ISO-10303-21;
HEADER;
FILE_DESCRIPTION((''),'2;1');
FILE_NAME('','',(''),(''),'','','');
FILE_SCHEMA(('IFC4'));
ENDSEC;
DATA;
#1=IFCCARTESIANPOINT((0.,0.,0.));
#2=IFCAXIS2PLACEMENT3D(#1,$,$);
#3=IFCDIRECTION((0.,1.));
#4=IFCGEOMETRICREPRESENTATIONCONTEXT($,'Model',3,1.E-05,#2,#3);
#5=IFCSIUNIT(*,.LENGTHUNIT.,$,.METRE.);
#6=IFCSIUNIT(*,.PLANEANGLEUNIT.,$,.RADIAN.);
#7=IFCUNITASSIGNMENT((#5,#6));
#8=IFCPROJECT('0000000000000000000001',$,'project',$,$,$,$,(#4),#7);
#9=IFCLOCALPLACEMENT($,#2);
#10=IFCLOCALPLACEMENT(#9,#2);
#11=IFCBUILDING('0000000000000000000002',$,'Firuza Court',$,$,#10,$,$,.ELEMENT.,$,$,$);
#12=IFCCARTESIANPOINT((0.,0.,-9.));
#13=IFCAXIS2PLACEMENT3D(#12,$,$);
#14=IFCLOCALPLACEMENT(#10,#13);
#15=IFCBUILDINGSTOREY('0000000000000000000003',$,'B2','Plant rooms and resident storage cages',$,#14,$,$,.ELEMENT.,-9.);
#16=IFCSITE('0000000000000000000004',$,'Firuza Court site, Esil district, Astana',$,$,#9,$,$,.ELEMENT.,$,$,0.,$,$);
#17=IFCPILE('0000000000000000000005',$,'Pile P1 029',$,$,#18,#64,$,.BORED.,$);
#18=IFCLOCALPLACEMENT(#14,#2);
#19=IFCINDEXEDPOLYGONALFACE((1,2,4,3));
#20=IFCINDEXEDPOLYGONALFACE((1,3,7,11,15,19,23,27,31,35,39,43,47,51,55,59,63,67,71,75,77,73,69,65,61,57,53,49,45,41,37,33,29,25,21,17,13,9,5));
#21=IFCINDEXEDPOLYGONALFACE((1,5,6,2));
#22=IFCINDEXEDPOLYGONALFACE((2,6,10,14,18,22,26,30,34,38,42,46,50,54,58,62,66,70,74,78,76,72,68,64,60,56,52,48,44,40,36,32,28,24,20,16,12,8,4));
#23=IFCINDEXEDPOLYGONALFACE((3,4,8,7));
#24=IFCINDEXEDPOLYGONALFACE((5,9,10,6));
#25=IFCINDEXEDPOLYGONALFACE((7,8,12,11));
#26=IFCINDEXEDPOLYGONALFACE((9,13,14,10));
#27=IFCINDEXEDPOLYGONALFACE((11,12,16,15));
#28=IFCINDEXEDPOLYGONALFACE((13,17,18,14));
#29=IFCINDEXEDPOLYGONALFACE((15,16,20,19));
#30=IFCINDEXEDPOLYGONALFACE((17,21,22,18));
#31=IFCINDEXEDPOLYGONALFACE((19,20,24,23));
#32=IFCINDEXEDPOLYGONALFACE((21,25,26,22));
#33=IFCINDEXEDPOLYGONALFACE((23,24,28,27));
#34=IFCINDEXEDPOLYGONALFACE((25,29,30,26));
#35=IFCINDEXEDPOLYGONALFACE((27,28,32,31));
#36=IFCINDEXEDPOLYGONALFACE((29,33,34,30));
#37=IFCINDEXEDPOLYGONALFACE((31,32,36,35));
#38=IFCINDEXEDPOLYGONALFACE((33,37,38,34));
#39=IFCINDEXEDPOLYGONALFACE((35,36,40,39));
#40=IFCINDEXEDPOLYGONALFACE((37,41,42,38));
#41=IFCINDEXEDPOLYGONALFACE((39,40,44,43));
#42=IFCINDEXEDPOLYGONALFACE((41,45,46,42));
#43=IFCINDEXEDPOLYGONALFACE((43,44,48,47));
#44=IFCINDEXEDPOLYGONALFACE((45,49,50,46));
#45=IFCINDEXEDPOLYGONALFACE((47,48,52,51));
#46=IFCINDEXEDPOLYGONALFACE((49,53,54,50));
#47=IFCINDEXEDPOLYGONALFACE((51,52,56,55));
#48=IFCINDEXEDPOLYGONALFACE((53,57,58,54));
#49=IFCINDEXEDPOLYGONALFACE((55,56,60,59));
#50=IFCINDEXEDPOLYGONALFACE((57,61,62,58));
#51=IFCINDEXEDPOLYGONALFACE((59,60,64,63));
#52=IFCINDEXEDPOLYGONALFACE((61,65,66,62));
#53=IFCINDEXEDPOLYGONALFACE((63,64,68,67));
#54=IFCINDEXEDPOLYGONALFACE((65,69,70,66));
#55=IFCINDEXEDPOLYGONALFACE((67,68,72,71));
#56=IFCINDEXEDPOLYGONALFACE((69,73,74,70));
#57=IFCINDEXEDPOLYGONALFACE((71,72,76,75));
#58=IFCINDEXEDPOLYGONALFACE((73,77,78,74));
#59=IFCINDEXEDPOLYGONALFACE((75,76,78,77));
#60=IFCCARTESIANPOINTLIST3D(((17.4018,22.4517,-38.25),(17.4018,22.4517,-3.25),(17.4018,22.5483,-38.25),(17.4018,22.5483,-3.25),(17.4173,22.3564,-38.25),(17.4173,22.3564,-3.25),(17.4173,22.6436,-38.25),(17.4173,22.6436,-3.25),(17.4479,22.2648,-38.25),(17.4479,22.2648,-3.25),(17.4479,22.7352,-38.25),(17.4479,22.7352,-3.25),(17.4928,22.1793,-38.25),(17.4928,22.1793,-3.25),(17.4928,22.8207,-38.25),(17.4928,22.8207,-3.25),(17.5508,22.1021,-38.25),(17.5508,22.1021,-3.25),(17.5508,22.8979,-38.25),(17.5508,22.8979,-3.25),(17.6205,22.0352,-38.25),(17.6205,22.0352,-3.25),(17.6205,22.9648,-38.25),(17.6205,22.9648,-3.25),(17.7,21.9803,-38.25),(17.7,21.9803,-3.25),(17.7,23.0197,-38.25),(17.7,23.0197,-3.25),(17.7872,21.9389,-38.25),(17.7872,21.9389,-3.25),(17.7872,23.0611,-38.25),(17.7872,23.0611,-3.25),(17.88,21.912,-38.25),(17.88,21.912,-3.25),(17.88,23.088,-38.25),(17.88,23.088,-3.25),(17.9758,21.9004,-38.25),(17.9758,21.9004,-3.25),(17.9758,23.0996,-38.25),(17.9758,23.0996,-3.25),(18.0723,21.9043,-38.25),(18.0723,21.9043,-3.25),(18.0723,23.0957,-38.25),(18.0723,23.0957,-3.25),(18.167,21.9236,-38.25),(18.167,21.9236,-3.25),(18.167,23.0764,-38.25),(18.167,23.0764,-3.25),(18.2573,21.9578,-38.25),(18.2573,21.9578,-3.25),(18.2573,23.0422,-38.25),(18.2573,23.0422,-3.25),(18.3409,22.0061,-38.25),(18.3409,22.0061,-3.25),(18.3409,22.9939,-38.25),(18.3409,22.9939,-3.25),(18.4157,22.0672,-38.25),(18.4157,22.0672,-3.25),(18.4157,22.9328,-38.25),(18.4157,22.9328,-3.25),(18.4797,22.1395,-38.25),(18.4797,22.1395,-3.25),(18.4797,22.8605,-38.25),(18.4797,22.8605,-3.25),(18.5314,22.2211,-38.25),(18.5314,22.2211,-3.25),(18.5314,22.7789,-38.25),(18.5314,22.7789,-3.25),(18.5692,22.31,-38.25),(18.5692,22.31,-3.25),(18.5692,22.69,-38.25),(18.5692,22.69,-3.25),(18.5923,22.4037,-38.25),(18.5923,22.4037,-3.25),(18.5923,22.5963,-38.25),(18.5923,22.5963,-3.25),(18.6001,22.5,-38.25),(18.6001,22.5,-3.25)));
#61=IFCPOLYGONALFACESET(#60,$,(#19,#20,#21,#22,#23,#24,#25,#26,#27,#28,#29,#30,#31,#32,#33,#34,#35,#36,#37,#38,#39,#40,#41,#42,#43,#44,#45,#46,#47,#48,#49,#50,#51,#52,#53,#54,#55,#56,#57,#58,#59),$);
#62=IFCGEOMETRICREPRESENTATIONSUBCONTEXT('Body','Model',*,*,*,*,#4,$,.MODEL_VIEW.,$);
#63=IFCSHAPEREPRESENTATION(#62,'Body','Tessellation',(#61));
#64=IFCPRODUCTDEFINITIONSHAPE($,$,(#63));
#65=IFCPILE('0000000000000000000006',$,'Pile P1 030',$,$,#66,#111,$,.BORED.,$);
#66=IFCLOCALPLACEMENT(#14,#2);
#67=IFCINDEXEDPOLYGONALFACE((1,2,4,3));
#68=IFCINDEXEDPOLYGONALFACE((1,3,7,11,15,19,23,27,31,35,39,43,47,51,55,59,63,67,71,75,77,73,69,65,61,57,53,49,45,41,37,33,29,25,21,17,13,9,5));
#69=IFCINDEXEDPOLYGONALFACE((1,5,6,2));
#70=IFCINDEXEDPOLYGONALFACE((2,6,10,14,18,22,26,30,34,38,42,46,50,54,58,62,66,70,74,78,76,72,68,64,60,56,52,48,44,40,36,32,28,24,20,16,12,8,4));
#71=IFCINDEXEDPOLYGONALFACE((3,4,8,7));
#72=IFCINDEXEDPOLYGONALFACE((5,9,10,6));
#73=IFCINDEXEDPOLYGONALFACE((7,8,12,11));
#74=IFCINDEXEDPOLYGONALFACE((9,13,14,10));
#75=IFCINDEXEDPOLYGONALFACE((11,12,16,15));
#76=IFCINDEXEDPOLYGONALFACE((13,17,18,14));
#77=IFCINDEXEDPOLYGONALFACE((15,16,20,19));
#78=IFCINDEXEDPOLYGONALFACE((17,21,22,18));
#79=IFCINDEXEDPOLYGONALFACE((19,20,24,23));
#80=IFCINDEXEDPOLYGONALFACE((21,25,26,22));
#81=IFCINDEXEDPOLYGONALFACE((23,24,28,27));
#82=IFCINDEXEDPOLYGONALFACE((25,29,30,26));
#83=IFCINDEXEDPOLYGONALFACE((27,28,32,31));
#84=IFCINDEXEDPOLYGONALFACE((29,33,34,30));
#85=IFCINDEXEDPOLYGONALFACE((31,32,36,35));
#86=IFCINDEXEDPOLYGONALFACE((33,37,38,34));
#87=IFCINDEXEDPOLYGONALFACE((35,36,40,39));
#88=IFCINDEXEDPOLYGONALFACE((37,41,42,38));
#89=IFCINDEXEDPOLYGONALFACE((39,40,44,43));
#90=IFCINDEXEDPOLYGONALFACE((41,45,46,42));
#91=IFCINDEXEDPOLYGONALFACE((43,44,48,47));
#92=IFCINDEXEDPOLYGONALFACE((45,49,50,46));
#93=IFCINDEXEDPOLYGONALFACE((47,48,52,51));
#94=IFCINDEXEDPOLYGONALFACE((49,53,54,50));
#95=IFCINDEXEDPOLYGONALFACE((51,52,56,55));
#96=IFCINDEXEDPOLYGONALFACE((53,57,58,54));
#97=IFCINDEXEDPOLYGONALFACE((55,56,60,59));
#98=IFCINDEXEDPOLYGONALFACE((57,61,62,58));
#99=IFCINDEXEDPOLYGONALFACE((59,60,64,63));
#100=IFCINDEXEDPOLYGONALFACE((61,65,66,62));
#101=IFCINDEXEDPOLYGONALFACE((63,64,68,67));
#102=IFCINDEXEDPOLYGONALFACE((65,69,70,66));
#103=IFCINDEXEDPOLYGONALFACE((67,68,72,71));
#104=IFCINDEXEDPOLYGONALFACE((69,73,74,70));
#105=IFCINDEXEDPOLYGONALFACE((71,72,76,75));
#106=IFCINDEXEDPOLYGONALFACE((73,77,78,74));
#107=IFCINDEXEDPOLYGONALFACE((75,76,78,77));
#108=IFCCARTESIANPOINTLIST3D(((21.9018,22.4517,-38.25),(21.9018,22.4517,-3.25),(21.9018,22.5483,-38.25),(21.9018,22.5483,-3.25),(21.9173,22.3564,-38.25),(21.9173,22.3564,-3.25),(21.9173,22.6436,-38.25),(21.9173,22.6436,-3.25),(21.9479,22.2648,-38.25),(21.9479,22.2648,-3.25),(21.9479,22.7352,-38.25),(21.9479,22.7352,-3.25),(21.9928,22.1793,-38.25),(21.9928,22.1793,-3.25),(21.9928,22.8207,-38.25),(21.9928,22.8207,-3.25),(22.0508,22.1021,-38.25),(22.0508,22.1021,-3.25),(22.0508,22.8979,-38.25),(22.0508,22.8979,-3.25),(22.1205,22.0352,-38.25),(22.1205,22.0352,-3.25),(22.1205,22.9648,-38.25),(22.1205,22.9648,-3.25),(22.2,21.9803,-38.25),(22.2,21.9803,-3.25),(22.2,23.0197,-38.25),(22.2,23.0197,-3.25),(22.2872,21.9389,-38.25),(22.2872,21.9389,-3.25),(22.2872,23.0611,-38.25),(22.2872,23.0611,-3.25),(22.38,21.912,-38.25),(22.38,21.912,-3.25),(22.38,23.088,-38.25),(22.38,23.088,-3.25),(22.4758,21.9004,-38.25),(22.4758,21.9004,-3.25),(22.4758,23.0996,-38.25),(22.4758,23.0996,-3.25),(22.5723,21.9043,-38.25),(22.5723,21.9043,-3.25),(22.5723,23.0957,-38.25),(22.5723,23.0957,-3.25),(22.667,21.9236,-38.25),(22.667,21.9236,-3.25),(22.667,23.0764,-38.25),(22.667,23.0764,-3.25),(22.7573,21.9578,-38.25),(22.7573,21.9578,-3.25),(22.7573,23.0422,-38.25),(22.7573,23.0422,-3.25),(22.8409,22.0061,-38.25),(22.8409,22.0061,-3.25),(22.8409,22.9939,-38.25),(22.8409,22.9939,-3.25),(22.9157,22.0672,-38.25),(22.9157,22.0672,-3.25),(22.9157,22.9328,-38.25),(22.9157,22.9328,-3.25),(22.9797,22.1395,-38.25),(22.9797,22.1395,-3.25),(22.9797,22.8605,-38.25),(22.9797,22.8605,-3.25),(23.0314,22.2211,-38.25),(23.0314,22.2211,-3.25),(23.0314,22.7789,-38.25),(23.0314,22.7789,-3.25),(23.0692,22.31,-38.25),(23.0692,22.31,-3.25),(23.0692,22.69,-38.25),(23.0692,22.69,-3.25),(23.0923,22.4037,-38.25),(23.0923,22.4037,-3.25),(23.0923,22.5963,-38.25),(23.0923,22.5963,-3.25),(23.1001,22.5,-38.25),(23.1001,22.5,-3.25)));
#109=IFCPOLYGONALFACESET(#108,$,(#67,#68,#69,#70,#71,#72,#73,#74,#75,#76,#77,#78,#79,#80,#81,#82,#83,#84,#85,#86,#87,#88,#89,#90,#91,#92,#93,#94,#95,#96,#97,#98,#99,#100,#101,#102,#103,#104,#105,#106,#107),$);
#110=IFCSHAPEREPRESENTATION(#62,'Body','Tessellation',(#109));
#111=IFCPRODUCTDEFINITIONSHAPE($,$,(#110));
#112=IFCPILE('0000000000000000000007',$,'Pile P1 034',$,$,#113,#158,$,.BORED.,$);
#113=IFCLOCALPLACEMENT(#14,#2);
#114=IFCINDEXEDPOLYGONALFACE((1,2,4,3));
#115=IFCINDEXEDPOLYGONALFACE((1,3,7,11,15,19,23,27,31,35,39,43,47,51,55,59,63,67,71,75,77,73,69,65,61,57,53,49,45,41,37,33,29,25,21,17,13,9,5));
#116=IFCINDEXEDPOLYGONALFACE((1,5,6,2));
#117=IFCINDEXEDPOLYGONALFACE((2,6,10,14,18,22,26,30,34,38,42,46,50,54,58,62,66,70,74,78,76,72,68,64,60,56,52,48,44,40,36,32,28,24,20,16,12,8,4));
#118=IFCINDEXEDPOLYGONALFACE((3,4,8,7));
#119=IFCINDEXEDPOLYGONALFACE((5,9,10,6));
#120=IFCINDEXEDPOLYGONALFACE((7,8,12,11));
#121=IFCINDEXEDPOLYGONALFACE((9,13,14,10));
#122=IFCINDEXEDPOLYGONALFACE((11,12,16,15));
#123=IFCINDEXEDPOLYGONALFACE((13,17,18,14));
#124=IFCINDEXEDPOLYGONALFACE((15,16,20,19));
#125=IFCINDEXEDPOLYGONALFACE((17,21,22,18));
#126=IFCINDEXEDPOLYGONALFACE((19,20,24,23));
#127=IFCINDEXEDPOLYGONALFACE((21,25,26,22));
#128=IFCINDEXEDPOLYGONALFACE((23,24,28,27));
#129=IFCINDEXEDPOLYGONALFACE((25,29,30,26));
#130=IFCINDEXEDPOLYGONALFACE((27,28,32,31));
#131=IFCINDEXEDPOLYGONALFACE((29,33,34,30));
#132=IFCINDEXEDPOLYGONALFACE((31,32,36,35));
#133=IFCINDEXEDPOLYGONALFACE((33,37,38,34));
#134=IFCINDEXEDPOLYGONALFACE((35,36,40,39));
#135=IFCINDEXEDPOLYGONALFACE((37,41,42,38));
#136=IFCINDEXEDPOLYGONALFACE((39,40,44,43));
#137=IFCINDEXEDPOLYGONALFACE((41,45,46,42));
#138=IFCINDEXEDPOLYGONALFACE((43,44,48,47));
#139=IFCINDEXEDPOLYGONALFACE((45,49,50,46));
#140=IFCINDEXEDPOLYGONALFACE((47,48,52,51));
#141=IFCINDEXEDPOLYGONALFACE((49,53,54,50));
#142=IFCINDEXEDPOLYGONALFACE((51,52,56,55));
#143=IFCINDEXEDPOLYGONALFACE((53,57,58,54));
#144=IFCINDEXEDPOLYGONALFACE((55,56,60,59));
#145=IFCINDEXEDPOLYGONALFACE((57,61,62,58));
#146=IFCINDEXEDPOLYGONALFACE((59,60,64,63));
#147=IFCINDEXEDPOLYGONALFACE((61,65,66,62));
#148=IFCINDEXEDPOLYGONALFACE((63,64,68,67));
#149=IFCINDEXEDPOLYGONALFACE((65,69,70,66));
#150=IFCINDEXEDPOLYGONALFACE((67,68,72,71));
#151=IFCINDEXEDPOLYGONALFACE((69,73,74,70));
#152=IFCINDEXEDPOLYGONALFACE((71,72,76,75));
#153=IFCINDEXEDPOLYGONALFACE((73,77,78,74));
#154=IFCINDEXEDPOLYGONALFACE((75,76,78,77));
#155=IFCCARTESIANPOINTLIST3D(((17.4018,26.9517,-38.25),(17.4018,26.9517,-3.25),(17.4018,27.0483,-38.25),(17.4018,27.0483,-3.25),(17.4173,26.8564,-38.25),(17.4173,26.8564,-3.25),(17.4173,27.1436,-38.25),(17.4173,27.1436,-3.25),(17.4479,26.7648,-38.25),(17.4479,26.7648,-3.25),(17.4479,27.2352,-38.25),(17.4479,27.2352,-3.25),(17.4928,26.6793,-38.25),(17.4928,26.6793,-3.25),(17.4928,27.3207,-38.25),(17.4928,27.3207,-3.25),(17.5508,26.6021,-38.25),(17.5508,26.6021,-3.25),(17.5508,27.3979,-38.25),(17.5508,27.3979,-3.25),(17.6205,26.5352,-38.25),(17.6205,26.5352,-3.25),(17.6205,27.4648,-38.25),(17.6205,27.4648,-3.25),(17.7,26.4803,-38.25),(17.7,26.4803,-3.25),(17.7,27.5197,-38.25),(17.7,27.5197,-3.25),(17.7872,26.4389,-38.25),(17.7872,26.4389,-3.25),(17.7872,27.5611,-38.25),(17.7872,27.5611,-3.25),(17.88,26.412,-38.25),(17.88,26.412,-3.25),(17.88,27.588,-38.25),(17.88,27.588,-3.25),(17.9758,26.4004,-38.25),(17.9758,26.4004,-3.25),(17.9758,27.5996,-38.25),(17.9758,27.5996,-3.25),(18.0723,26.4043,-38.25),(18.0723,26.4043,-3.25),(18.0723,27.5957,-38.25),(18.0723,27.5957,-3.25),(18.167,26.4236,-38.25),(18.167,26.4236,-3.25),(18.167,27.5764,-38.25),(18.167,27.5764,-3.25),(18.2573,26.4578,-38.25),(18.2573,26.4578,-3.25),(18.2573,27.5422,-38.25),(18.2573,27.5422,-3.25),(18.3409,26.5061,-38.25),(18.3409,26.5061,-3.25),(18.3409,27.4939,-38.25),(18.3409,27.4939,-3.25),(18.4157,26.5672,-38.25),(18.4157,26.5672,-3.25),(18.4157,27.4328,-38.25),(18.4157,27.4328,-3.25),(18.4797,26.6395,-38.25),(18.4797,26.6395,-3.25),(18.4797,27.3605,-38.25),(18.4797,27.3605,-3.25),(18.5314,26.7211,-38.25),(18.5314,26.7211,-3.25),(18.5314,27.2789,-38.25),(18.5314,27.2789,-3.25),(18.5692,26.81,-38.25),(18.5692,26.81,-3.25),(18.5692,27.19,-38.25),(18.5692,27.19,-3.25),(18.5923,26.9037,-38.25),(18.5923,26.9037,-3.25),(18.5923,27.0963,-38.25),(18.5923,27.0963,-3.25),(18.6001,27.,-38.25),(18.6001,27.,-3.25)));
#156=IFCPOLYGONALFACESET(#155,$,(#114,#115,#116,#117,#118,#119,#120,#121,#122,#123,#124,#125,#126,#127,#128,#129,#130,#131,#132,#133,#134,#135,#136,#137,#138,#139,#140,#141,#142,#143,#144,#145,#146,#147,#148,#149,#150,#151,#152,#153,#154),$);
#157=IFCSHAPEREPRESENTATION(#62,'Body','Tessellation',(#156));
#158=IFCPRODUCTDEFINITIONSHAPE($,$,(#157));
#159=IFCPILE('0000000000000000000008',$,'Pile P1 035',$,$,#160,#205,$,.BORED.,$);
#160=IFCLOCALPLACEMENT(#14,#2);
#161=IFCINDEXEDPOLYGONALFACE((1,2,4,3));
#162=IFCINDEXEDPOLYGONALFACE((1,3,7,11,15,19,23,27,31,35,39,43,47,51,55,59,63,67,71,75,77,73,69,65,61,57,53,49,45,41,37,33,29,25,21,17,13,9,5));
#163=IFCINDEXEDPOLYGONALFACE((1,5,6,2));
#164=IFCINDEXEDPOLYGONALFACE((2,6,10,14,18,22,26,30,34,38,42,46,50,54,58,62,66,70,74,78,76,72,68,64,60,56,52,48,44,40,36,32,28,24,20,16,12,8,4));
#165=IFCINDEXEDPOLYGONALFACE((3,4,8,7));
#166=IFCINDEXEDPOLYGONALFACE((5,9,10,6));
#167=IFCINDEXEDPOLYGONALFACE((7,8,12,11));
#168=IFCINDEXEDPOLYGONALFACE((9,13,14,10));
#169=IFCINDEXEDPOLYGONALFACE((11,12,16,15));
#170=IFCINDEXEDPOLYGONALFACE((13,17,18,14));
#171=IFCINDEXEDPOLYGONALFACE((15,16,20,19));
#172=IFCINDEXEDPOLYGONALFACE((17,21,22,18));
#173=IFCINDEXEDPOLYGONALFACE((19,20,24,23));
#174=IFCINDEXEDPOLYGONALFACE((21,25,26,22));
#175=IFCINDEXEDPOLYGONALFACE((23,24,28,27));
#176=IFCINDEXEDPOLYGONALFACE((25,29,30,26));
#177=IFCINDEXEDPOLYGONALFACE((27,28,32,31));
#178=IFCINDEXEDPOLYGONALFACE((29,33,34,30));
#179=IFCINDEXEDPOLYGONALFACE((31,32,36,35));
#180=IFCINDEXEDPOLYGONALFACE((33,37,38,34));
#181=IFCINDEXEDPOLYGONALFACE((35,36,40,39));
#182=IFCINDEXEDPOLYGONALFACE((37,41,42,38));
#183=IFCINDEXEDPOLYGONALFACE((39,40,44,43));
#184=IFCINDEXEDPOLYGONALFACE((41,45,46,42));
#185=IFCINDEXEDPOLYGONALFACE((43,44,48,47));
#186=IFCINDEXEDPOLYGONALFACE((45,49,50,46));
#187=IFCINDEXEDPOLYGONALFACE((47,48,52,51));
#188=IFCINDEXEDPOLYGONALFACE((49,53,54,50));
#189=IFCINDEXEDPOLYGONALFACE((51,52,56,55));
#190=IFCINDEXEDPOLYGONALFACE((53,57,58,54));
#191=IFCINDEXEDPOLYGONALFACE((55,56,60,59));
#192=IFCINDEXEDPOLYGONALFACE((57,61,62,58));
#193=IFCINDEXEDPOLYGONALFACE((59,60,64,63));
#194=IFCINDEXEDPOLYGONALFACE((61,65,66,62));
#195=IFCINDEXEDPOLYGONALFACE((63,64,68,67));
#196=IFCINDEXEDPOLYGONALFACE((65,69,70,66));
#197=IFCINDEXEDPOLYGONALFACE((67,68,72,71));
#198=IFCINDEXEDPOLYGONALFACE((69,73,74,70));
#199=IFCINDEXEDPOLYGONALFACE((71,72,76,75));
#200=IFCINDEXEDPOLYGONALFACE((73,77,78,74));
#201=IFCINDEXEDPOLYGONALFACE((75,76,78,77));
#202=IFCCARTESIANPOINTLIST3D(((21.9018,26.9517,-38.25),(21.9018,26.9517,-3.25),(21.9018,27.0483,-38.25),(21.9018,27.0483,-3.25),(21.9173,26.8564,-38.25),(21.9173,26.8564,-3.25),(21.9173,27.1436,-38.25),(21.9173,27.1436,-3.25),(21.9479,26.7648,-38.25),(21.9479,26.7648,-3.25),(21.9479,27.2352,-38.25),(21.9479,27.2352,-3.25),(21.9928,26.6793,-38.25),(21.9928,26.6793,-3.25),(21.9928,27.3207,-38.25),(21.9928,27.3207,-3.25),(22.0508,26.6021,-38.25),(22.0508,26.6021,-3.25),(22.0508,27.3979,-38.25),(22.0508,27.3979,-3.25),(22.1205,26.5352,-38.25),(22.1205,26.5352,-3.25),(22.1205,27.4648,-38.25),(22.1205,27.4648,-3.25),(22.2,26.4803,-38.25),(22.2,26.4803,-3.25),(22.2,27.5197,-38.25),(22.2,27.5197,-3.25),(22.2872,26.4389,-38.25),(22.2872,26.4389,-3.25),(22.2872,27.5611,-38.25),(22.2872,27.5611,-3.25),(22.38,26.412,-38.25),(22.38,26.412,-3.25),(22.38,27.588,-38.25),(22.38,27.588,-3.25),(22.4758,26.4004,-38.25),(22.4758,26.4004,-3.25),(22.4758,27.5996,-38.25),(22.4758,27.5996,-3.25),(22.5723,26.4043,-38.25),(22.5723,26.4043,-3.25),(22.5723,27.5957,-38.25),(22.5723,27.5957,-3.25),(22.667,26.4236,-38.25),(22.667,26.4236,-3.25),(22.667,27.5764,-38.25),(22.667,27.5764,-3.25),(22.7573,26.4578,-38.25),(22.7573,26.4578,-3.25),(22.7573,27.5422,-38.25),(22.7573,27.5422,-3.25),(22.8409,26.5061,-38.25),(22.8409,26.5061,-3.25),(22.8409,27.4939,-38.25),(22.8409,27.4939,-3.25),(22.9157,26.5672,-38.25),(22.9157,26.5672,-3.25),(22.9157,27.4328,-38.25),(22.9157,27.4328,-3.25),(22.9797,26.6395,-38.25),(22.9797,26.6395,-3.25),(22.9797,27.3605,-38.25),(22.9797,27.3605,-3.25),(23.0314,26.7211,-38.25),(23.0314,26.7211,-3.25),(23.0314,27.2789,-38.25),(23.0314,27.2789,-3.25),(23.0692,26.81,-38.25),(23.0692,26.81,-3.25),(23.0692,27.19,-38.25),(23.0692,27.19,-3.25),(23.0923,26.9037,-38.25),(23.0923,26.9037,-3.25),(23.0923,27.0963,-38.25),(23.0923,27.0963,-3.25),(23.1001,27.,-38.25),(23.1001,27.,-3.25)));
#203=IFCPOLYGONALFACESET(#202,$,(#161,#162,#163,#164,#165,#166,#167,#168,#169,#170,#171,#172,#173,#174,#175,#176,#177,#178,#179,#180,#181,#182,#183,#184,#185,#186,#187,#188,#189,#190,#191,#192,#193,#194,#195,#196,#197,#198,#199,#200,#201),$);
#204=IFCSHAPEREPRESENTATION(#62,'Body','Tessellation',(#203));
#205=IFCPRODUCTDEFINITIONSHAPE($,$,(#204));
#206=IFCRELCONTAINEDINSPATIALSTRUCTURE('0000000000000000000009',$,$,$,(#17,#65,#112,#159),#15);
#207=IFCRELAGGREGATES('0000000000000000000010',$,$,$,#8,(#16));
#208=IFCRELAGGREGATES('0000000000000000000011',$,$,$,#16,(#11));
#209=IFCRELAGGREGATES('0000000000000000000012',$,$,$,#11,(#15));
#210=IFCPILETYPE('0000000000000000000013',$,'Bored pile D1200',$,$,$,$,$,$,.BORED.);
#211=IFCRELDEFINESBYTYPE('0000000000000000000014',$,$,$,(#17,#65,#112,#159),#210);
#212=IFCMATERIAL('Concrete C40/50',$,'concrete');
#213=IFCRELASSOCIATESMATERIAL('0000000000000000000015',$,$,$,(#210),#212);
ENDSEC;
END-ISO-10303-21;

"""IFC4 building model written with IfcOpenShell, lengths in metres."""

from ifc_helpers import new_model, si_unit, direction, frame, origin, origin_2d, place, context, subcontext, project, spatial, circle, extrude, material, material_profile, profile_set, type_object, element, save


model = new_model("IFC4")

# Units and contexts
model_context = context("Model", 3, precision=1e-05, world=origin(), true_north=direction((0.0, 1.0)))
body_context = subcontext(model_context, "Body", "Model", "MODEL_VIEW")
ifc_project = project(units=[si_unit("LENGTHUNIT", "METRE"), si_unit("PLANEANGLEUNIT", "RADIAN")], contexts=[model_context])

# Site, building, storey
site_placement = place(None, origin())
site = spatial("IfcSite", under=ifc_project, at=site_placement, Name="Firuza Court site, Esil district, Astana", CompositionType="ELEMENT", RefElevation=0.0)
building_placement = place(site_placement, origin())
building = spatial("IfcBuilding", under=site, at=building_placement, Name="Firuza Court", CompositionType="ELEMENT")
storey_placement = place(building_placement, frame((0.0, 0.0, -9.0)))
storey = spatial("IfcBuildingStorey", under=building, at=storey_placement, Name="B2", Description="Plant rooms and resident storage cages", CompositionType="ELEMENT", Elevation=-9.0)

# Piles
ifc_material_1 = material(Name="Concrete C40/50", Category="concrete")
ifc_material_profile_1 = material_profile(ifc_material_1, circle(Radius=0.6001, at=origin_2d()), Name="Pile D1200")
ifc_profile_set_1 = profile_set([ifc_material_profile_1], Name="Concrete C40/50")
pile_type = type_object("IfcPileType", Name="Bored pile D1200", PredefinedType="BORED", material=ifc_profile_set_1)
for number, where, z_axis, x_axis, name in (
    (1, (18.0, 22.5, -3.25), (0.0, 0.0, -1.0), (1.0, 0.0, 0.0), "Pile P1 029"),
    (2, (22.5, 22.5, -3.25), (0.0, 0.0, -1.0), (1.0, 0.0, 0.0), "Pile P1 030"),
    (3, (18.0, 27.0, -3.25), (0.0, 0.0, -1.0), (1.0, 0.0, 0.0), "Pile P1 034"),
    (4, (22.5, 27.0, -3.25), (0.0, 0.0, -1.0), (1.0, 0.0, 0.0), "Pile P1 035"),
):
    element("IfcPile", number, at=place(storey_placement, frame(where, z_axis=z_axis, x_axis=x_axis)), inside=storey, type_object=pile_type, Name=name, PredefinedType="BORED", context=body_context, shape_type="SweptSolid", body=[
        extrude(circle(Radius=0.6001, at=origin_2d()), origin(), (0.0, 0.0, 1.0), 35.0),
    ])

save(model, "model.ifc")
